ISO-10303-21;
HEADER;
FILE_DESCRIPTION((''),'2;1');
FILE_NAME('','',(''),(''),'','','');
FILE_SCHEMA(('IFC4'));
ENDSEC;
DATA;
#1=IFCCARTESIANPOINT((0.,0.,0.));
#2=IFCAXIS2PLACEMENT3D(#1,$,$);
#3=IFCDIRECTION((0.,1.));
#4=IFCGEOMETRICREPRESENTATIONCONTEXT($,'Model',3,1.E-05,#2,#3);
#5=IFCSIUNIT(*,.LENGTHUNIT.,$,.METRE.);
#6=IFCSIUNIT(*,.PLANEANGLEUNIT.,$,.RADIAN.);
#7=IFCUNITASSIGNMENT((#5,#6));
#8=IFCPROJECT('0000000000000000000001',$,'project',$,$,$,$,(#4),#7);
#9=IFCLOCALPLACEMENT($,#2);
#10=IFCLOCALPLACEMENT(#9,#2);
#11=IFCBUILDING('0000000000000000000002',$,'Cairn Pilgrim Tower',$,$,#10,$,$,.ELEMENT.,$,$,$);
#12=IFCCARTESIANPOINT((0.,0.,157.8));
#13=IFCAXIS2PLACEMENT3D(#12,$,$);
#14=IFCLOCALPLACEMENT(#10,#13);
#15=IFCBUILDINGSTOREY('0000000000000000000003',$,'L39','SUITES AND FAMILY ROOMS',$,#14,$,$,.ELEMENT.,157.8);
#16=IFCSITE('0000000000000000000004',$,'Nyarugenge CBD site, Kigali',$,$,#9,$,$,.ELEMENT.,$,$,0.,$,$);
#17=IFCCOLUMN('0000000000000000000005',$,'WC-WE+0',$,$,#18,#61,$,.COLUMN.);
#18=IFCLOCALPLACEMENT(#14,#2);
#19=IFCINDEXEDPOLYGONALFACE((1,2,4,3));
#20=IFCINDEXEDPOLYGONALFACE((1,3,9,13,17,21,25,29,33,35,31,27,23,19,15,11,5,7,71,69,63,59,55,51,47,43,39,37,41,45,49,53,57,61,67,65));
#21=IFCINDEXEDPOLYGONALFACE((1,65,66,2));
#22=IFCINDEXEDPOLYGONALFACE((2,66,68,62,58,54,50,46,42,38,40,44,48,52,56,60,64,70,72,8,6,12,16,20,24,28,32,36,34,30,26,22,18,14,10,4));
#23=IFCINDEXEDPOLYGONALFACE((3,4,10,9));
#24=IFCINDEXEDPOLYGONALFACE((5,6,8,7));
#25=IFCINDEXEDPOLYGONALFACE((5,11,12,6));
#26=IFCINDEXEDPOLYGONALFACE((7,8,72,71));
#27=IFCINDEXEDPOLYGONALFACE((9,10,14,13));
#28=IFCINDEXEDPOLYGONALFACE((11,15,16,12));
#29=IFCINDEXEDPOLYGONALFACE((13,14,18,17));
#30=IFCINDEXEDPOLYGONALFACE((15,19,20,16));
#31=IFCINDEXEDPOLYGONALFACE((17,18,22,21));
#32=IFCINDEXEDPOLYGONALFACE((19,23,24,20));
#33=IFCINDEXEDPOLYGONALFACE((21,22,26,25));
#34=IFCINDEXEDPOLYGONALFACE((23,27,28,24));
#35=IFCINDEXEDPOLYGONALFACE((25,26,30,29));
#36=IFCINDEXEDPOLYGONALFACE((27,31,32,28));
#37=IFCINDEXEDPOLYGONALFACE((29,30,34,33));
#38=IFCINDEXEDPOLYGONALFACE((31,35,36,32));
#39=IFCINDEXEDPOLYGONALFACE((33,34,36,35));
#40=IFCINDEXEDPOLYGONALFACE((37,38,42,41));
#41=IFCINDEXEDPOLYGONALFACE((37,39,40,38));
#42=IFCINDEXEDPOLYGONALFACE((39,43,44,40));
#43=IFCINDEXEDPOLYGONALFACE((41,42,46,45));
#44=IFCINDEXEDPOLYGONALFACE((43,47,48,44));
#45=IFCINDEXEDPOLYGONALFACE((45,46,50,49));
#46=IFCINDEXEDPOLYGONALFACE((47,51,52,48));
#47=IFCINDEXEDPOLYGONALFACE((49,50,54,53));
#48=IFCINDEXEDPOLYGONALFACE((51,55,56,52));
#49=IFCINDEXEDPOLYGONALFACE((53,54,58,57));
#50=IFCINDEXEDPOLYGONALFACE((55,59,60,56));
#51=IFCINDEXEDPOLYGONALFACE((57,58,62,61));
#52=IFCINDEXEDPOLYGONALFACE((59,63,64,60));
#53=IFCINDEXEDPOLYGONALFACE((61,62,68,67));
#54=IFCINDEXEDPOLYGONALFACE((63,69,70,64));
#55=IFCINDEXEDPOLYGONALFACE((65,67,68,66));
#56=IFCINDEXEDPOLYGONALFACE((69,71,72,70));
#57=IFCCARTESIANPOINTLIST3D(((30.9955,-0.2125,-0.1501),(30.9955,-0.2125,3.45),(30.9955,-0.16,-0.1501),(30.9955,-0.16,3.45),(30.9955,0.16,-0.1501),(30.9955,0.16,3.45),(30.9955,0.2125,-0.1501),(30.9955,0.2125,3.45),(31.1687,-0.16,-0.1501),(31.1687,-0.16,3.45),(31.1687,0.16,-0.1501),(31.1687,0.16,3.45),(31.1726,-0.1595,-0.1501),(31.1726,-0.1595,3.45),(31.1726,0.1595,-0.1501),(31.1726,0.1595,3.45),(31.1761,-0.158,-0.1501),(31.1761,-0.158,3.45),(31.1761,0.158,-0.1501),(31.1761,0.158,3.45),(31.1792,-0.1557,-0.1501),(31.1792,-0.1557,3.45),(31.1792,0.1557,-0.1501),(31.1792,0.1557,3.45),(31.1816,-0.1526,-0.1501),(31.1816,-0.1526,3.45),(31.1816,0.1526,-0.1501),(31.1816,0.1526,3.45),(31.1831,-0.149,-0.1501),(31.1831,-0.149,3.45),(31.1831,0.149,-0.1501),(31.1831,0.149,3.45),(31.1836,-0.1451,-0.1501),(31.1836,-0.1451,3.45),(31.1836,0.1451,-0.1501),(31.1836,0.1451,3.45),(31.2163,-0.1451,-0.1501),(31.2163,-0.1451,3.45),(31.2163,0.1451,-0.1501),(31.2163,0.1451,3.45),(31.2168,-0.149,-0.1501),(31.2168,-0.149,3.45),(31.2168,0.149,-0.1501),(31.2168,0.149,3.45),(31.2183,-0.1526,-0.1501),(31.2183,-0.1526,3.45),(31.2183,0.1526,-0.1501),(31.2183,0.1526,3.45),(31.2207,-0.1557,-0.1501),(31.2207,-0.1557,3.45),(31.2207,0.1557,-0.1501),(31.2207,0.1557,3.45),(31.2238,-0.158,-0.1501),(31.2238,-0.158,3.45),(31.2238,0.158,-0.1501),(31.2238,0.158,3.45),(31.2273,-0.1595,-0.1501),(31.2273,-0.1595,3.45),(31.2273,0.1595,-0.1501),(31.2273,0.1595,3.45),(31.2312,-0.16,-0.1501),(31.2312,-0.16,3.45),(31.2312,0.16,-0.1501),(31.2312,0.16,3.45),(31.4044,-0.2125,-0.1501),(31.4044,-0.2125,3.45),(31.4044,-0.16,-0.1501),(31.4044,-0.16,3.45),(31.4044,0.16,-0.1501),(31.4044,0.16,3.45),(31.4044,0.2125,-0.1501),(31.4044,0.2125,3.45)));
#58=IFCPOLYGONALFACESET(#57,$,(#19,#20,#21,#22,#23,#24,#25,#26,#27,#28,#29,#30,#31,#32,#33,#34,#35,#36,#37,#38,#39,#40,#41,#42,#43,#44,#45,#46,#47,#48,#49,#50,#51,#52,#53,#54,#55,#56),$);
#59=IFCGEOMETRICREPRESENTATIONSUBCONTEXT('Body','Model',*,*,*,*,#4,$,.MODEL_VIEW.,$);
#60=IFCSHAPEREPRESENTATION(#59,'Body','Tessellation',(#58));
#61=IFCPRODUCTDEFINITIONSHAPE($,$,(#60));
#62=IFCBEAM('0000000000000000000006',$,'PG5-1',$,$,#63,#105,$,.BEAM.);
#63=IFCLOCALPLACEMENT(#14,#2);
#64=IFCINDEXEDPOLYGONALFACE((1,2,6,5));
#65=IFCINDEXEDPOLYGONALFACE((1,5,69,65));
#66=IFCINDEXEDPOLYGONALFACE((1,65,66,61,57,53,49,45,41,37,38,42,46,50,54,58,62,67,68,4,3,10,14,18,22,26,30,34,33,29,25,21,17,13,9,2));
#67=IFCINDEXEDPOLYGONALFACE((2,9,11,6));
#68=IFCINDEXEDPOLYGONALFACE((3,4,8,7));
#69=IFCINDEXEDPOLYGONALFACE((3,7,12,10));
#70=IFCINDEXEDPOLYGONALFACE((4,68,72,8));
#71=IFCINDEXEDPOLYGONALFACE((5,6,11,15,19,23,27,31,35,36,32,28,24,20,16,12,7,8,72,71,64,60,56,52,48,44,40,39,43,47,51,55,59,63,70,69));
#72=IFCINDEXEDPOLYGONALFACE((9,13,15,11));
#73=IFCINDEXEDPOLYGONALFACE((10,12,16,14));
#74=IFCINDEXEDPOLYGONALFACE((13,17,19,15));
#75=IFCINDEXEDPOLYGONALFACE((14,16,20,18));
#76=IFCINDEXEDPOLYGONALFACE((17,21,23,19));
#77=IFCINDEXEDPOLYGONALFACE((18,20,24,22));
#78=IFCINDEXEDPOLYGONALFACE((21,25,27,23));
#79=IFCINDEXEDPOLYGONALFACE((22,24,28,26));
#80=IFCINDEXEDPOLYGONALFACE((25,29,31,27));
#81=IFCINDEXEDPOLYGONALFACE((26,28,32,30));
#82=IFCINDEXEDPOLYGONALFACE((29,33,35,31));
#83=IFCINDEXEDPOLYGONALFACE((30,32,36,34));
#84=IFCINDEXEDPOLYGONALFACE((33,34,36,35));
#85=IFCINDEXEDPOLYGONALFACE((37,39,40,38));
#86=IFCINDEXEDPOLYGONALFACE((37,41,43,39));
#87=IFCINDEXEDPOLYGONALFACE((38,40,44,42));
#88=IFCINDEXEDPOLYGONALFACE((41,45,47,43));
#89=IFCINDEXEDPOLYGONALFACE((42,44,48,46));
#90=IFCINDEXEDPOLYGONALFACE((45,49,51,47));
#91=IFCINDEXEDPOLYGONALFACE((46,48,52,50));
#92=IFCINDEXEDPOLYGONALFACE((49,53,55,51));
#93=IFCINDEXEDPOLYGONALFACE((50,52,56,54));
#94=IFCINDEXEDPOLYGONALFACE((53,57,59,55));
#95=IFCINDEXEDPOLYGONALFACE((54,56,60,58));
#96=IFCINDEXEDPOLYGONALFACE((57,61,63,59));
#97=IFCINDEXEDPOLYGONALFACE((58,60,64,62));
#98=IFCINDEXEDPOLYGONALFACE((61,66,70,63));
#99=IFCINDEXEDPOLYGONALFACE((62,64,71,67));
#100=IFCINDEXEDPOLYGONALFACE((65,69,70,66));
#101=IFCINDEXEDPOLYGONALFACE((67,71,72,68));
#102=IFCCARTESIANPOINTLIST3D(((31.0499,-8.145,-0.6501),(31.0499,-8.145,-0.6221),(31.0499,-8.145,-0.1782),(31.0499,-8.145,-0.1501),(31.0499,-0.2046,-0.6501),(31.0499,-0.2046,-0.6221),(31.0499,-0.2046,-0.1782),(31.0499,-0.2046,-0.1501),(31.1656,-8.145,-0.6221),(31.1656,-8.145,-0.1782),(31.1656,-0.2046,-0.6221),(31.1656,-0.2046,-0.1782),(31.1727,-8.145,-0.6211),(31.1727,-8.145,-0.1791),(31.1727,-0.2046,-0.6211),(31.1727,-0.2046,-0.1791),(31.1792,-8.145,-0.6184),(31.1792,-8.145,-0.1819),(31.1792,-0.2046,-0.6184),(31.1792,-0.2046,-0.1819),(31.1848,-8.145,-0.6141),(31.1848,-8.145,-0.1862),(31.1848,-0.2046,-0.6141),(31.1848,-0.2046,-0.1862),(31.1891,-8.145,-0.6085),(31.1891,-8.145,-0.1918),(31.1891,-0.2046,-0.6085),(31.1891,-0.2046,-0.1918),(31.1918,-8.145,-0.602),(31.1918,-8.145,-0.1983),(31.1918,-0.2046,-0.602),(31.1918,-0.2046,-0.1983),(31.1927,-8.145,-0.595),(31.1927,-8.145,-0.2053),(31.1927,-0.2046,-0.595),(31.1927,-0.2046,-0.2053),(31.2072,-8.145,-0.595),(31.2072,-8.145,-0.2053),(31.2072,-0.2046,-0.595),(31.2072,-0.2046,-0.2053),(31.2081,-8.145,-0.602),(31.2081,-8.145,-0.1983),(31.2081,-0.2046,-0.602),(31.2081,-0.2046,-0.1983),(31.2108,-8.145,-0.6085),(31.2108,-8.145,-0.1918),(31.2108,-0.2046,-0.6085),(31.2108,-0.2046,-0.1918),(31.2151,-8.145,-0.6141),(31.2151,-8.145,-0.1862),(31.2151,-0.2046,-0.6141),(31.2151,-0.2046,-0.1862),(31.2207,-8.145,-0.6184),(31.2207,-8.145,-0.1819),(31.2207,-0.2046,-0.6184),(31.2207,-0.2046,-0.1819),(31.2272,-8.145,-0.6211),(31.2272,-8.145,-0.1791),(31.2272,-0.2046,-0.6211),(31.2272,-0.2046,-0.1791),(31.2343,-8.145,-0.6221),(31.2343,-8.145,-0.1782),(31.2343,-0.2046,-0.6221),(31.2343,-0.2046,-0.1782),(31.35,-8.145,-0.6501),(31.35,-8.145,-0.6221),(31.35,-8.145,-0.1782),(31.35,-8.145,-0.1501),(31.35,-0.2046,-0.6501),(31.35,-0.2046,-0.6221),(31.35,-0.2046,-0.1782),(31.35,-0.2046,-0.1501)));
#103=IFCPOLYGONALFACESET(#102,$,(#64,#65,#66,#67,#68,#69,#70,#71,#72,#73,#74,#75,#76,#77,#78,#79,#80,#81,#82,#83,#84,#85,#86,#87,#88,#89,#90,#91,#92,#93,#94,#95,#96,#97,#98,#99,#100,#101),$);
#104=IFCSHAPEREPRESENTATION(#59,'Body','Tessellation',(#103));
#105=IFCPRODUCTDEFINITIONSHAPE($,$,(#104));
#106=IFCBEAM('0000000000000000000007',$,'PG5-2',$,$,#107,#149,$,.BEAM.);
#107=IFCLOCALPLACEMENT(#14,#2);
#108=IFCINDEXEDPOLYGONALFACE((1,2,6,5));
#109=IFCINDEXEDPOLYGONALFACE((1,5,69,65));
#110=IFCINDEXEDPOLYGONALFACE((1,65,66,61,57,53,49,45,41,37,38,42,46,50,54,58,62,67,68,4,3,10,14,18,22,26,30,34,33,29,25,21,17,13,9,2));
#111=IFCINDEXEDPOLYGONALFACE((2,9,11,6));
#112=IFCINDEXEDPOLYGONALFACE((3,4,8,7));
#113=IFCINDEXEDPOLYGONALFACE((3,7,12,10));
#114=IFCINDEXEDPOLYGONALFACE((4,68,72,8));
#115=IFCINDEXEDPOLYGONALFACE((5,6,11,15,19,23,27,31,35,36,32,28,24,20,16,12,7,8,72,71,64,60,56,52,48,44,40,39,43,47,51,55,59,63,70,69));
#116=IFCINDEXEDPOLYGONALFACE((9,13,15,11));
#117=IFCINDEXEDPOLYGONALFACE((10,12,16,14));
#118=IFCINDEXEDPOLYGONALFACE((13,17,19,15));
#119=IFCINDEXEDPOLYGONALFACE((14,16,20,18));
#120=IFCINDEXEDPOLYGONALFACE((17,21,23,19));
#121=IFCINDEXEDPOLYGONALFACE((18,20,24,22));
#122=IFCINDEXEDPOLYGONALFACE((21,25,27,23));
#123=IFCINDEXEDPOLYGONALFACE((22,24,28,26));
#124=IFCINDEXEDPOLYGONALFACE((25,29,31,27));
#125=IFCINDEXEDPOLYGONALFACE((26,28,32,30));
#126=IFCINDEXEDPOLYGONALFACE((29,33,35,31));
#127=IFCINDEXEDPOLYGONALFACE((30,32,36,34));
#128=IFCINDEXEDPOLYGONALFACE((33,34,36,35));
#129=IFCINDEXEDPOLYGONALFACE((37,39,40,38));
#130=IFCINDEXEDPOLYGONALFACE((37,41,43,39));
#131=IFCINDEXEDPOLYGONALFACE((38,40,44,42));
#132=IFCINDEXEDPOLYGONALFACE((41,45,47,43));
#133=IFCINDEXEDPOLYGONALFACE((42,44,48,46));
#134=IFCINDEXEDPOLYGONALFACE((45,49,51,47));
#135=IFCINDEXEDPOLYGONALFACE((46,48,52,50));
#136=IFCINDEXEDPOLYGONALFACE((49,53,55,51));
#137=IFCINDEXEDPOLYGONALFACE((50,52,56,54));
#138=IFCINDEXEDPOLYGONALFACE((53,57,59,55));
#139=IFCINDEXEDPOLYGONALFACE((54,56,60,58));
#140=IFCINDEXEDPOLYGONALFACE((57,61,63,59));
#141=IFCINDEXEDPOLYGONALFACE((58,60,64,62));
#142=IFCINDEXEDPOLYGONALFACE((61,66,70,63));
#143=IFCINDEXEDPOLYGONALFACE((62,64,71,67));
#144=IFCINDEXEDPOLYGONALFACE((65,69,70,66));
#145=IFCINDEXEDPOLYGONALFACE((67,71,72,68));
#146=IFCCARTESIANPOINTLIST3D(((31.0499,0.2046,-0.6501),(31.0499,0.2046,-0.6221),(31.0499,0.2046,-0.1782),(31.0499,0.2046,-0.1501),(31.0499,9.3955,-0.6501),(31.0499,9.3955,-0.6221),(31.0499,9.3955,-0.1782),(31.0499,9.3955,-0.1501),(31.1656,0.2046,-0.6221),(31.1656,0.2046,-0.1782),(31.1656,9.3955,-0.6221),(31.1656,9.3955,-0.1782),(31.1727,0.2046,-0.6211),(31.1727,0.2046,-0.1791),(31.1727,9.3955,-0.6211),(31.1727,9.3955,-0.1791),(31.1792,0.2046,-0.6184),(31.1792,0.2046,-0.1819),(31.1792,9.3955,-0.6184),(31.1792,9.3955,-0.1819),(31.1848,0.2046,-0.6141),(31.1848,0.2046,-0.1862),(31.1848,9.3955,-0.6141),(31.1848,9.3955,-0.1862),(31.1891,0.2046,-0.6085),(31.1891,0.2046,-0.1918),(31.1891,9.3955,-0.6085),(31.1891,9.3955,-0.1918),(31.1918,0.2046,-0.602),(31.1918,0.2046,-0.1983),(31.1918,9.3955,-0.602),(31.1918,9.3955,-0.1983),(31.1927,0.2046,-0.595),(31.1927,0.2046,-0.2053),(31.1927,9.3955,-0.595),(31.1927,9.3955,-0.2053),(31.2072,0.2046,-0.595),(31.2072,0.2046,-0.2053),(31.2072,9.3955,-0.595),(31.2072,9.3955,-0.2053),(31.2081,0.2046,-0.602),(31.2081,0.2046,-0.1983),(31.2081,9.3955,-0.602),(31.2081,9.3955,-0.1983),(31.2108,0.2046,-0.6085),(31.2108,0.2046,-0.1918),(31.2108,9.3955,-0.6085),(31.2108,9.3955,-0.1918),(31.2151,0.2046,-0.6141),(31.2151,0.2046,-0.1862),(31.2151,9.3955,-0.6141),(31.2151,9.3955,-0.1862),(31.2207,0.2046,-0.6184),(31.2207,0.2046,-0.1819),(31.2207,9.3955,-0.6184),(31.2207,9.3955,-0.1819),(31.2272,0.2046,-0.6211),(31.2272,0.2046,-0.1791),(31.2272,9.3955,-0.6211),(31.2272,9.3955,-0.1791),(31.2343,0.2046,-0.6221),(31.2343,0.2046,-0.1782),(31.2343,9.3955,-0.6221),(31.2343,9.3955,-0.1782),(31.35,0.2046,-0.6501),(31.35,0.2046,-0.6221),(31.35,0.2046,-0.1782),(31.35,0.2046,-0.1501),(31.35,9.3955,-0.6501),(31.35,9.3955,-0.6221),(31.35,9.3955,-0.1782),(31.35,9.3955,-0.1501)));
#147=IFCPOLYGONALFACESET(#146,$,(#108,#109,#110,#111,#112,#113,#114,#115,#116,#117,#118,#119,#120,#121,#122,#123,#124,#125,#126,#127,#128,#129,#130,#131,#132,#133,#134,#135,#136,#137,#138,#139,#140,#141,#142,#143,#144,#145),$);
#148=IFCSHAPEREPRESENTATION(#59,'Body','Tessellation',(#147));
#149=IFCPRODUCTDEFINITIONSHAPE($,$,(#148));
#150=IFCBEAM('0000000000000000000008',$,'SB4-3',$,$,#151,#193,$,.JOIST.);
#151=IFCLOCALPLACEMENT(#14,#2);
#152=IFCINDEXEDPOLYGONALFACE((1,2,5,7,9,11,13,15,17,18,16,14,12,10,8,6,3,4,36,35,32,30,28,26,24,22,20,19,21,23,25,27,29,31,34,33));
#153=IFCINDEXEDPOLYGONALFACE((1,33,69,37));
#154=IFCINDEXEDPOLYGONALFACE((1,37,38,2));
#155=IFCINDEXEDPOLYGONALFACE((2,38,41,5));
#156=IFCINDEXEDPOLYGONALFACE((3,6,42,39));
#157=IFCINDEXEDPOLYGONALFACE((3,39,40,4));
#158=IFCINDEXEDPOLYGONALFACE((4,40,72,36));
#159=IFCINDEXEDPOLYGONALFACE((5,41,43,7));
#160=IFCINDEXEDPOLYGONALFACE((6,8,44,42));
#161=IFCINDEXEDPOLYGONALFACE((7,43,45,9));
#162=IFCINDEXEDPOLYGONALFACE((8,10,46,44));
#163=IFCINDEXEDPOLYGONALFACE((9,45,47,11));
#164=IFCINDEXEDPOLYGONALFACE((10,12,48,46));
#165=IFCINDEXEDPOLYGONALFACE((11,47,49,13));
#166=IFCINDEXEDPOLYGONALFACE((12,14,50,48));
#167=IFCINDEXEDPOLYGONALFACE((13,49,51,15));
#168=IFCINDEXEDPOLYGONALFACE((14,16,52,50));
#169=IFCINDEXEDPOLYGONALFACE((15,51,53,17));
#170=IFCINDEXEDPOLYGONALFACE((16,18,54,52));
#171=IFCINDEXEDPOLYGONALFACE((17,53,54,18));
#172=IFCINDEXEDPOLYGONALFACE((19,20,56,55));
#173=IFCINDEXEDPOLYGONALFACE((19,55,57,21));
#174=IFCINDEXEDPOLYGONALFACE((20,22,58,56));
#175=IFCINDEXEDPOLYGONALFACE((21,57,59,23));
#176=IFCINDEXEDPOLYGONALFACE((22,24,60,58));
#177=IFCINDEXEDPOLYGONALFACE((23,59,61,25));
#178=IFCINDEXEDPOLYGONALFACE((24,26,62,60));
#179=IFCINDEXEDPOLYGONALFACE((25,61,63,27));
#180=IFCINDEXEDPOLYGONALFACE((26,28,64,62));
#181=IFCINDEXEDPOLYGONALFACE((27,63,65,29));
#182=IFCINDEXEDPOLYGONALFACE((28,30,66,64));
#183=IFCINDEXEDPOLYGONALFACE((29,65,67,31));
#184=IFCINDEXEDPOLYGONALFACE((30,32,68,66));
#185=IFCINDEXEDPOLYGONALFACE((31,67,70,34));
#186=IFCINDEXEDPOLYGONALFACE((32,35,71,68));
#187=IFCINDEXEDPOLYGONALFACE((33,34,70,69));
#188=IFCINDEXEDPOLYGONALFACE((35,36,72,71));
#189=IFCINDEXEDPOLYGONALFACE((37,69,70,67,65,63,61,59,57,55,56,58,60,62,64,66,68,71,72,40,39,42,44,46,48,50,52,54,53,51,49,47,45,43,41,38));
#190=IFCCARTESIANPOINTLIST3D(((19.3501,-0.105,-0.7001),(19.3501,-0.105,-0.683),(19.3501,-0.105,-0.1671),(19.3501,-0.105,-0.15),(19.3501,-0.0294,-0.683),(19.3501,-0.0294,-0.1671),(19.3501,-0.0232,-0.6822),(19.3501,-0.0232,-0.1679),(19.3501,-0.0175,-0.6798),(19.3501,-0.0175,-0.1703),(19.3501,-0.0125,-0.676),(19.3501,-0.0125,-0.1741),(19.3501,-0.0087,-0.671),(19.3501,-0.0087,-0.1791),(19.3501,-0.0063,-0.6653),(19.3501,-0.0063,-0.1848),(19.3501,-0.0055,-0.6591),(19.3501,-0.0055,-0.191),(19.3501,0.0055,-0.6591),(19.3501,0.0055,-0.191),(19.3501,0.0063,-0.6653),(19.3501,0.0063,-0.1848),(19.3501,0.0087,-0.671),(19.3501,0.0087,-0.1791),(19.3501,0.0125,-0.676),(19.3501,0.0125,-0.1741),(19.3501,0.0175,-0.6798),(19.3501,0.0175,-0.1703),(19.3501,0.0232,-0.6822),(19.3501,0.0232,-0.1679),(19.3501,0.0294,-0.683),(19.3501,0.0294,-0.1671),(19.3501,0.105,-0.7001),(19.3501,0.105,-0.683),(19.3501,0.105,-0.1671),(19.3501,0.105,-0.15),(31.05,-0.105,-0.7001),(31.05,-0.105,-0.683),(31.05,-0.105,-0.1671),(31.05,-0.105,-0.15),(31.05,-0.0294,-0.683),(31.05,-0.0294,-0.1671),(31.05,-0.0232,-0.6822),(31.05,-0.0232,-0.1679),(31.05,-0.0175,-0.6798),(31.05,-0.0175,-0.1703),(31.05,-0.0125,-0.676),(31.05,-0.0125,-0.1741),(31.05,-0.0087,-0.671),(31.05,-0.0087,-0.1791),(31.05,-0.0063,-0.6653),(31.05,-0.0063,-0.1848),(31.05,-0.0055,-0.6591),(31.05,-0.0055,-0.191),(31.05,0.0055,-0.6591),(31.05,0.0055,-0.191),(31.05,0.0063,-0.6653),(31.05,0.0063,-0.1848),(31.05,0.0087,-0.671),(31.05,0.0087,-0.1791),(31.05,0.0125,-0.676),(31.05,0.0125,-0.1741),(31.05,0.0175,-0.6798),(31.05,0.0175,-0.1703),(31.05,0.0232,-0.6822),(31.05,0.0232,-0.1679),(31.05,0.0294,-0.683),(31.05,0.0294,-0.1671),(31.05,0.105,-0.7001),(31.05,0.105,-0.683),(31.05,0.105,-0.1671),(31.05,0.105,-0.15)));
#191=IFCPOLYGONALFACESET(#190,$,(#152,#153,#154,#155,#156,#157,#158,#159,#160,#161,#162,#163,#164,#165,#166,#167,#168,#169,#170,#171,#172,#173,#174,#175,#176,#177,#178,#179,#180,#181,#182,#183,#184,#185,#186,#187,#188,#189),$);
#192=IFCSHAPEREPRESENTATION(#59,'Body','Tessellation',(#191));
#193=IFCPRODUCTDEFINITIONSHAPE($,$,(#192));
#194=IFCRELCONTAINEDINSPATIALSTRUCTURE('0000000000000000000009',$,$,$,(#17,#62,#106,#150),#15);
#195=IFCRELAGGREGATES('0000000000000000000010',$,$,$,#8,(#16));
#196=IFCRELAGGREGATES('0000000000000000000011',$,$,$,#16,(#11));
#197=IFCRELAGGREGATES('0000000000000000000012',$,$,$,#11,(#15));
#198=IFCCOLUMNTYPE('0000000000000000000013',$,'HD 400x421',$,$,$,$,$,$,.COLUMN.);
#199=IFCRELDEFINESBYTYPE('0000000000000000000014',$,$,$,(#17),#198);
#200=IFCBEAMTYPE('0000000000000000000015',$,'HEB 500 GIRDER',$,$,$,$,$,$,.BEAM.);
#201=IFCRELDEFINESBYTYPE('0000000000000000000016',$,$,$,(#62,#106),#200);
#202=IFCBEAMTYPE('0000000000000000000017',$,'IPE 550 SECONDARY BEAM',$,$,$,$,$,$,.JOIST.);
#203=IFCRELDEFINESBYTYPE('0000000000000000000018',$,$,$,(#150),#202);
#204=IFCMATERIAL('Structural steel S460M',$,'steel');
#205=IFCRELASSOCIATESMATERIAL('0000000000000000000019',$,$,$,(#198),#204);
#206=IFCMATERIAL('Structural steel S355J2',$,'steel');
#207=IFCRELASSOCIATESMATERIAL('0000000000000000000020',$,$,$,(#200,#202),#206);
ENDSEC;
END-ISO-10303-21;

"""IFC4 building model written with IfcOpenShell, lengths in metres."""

from ifc_helpers import new_model, si_unit, direction, frame, origin, origin_2d, place, context, subcontext, project, spatial, i_section, extrude, material, material_profile, profile_set, type_object, element, save


model = new_model("IFC4")

# Units and contexts
model_context = context("Model", 3, precision=1e-05, world=origin(), true_north=direction((0.0, 1.0)))
body_context = subcontext(model_context, "Body", "Model", "MODEL_VIEW")
ifc_project = project(units=[si_unit("LENGTHUNIT", "METRE"), si_unit("PLANEANGLEUNIT", "RADIAN")], contexts=[model_context])

# Site, building, storey
site_placement = place(None, origin())
site = spatial("IfcSite", under=ifc_project, at=site_placement, Name="Nyarugenge CBD site, Kigali", CompositionType="ELEMENT", RefElevation=0.0)
building_placement = place(site_placement, origin())
building = spatial("IfcBuilding", under=site, at=building_placement, Name="Cairn Pilgrim Tower", CompositionType="ELEMENT")
storey_placement = place(building_placement, frame((0.0, 0.0, 157.8)))
storey = spatial("IfcBuildingStorey", under=building, at=storey_placement, Name="L39", Description="SUITES AND FAMILY ROOMS", CompositionType="ELEMENT", Elevation=157.8)

# Column
ifc_material_1 = material(Name="Structural steel S460M", Category="steel")
ifc_material_profile_1 = material_profile(ifc_material_1, i_section(OverallWidth=0.4089, OverallDepth=0.425, WebThickness=0.0327, FlangeThickness=0.0525, FilletRadius=0.0149, at=origin_2d()), Name="HD 400x421")
ifc_profile_set_1 = profile_set([ifc_material_profile_1], Name="Structural steel S460M")
column_type = type_object("IfcColumnType", Name="HD 400x421", PredefinedType="COLUMN", material=ifc_profile_set_1)
column_placement = place(storey_placement, frame((31.2, 0.0, -0.1501), z_axis=(0.0, 0.0, 1.0), x_axis=(1.0, 0.0, 0.0)))
element("IfcColumn", 1, at=column_placement, inside=storey, type_object=column_type, Name="WC-WE+0", PredefinedType="COLUMN", context=body_context, shape_type="SweptSolid", body=[
    extrude(i_section(OverallWidth=0.4089, OverallDepth=0.425, WebThickness=0.0327, FlangeThickness=0.0525, FilletRadius=0.0149, at=origin_2d()), origin(), (0.0, 0.0, 1.0), 3.6001),
])

# Beams
ifc_material_2 = material(Name="Structural steel S355J2", Category="steel")
ifc_material_profile_2 = material_profile(ifc_material_2, i_section(OverallWidth=0.3, OverallDepth=0.5, WebThickness=0.0144, FlangeThickness=0.0281, FilletRadius=0.0271, at=origin_2d()), Name="HEB 500")
ifc_profile_set_2 = profile_set([ifc_material_profile_2], Name="Structural steel S355J2")
beam_type_1 = type_object("IfcBeamType", Name="HEB 500 GIRDER", PredefinedType="BEAM", material=ifc_profile_set_2)
beam_1_placement = place(storey_placement, frame((31.2, -8.145, -0.4001), z_axis=(0.0, 1.0, 0.0), x_axis=(-1.0, 0.0, 0.0)))
element("IfcBeam", 2, at=beam_1_placement, inside=storey, type_object=beam_type_1, Name="PG5-1", PredefinedType="BEAM", context=body_context, shape_type="SweptSolid", body=[
    extrude(i_section(OverallWidth=0.3, OverallDepth=0.5, WebThickness=0.0144, FlangeThickness=0.0281, FilletRadius=0.0271, at=origin_2d()), origin(), (0.0, 0.0, 1.0), 7.9404),
])
beam_2_placement = place(storey_placement, frame((31.2, 0.2046, -0.4001), z_axis=(0.0, 1.0, 0.0), x_axis=(-1.0, 0.0, 0.0)))
element("IfcBeam", 3, at=beam_2_placement, inside=storey, type_object=beam_type_1, Name="PG5-2", PredefinedType="BEAM", context=body_context, shape_type="SweptSolid", body=[
    extrude(i_section(OverallWidth=0.3, OverallDepth=0.5, WebThickness=0.0144, FlangeThickness=0.0281, FilletRadius=0.0271, at=origin_2d()), origin(), (0.0, 0.0, 1.0), 9.1909),
])
ifc_material_profile_3 = material_profile(ifc_material_2, i_section(OverallWidth=0.21, OverallDepth=0.55, WebThickness=0.011, FlangeThickness=0.0171, FilletRadius=0.0239, at=origin_2d()), Name="IPE 550")
ifc_profile_set_3 = profile_set([ifc_material_profile_3], Name="Structural steel S355J2")
beam_type_2 = type_object("IfcBeamType", Name="IPE 550 SECONDARY BEAM", PredefinedType="JOIST", material=ifc_profile_set_3)
beam_3_placement = place(storey_placement, frame((19.3501, 0.0, -0.425), z_axis=(1.0, 0.0, 0.0), x_axis=(0.0, 1.0, 0.0)))
element("IfcBeam", 4, at=beam_3_placement, inside=storey, type_object=beam_type_2, Name="SB4-3", PredefinedType="JOIST", context=body_context, shape_type="SweptSolid", body=[
    extrude(i_section(OverallWidth=0.21, OverallDepth=0.55, WebThickness=0.011, FlangeThickness=0.0171, FilletRadius=0.0239, at=origin_2d()), origin(), (0.0, 0.0, 1.0), 11.7),
])

save(model, "model.ifc")
